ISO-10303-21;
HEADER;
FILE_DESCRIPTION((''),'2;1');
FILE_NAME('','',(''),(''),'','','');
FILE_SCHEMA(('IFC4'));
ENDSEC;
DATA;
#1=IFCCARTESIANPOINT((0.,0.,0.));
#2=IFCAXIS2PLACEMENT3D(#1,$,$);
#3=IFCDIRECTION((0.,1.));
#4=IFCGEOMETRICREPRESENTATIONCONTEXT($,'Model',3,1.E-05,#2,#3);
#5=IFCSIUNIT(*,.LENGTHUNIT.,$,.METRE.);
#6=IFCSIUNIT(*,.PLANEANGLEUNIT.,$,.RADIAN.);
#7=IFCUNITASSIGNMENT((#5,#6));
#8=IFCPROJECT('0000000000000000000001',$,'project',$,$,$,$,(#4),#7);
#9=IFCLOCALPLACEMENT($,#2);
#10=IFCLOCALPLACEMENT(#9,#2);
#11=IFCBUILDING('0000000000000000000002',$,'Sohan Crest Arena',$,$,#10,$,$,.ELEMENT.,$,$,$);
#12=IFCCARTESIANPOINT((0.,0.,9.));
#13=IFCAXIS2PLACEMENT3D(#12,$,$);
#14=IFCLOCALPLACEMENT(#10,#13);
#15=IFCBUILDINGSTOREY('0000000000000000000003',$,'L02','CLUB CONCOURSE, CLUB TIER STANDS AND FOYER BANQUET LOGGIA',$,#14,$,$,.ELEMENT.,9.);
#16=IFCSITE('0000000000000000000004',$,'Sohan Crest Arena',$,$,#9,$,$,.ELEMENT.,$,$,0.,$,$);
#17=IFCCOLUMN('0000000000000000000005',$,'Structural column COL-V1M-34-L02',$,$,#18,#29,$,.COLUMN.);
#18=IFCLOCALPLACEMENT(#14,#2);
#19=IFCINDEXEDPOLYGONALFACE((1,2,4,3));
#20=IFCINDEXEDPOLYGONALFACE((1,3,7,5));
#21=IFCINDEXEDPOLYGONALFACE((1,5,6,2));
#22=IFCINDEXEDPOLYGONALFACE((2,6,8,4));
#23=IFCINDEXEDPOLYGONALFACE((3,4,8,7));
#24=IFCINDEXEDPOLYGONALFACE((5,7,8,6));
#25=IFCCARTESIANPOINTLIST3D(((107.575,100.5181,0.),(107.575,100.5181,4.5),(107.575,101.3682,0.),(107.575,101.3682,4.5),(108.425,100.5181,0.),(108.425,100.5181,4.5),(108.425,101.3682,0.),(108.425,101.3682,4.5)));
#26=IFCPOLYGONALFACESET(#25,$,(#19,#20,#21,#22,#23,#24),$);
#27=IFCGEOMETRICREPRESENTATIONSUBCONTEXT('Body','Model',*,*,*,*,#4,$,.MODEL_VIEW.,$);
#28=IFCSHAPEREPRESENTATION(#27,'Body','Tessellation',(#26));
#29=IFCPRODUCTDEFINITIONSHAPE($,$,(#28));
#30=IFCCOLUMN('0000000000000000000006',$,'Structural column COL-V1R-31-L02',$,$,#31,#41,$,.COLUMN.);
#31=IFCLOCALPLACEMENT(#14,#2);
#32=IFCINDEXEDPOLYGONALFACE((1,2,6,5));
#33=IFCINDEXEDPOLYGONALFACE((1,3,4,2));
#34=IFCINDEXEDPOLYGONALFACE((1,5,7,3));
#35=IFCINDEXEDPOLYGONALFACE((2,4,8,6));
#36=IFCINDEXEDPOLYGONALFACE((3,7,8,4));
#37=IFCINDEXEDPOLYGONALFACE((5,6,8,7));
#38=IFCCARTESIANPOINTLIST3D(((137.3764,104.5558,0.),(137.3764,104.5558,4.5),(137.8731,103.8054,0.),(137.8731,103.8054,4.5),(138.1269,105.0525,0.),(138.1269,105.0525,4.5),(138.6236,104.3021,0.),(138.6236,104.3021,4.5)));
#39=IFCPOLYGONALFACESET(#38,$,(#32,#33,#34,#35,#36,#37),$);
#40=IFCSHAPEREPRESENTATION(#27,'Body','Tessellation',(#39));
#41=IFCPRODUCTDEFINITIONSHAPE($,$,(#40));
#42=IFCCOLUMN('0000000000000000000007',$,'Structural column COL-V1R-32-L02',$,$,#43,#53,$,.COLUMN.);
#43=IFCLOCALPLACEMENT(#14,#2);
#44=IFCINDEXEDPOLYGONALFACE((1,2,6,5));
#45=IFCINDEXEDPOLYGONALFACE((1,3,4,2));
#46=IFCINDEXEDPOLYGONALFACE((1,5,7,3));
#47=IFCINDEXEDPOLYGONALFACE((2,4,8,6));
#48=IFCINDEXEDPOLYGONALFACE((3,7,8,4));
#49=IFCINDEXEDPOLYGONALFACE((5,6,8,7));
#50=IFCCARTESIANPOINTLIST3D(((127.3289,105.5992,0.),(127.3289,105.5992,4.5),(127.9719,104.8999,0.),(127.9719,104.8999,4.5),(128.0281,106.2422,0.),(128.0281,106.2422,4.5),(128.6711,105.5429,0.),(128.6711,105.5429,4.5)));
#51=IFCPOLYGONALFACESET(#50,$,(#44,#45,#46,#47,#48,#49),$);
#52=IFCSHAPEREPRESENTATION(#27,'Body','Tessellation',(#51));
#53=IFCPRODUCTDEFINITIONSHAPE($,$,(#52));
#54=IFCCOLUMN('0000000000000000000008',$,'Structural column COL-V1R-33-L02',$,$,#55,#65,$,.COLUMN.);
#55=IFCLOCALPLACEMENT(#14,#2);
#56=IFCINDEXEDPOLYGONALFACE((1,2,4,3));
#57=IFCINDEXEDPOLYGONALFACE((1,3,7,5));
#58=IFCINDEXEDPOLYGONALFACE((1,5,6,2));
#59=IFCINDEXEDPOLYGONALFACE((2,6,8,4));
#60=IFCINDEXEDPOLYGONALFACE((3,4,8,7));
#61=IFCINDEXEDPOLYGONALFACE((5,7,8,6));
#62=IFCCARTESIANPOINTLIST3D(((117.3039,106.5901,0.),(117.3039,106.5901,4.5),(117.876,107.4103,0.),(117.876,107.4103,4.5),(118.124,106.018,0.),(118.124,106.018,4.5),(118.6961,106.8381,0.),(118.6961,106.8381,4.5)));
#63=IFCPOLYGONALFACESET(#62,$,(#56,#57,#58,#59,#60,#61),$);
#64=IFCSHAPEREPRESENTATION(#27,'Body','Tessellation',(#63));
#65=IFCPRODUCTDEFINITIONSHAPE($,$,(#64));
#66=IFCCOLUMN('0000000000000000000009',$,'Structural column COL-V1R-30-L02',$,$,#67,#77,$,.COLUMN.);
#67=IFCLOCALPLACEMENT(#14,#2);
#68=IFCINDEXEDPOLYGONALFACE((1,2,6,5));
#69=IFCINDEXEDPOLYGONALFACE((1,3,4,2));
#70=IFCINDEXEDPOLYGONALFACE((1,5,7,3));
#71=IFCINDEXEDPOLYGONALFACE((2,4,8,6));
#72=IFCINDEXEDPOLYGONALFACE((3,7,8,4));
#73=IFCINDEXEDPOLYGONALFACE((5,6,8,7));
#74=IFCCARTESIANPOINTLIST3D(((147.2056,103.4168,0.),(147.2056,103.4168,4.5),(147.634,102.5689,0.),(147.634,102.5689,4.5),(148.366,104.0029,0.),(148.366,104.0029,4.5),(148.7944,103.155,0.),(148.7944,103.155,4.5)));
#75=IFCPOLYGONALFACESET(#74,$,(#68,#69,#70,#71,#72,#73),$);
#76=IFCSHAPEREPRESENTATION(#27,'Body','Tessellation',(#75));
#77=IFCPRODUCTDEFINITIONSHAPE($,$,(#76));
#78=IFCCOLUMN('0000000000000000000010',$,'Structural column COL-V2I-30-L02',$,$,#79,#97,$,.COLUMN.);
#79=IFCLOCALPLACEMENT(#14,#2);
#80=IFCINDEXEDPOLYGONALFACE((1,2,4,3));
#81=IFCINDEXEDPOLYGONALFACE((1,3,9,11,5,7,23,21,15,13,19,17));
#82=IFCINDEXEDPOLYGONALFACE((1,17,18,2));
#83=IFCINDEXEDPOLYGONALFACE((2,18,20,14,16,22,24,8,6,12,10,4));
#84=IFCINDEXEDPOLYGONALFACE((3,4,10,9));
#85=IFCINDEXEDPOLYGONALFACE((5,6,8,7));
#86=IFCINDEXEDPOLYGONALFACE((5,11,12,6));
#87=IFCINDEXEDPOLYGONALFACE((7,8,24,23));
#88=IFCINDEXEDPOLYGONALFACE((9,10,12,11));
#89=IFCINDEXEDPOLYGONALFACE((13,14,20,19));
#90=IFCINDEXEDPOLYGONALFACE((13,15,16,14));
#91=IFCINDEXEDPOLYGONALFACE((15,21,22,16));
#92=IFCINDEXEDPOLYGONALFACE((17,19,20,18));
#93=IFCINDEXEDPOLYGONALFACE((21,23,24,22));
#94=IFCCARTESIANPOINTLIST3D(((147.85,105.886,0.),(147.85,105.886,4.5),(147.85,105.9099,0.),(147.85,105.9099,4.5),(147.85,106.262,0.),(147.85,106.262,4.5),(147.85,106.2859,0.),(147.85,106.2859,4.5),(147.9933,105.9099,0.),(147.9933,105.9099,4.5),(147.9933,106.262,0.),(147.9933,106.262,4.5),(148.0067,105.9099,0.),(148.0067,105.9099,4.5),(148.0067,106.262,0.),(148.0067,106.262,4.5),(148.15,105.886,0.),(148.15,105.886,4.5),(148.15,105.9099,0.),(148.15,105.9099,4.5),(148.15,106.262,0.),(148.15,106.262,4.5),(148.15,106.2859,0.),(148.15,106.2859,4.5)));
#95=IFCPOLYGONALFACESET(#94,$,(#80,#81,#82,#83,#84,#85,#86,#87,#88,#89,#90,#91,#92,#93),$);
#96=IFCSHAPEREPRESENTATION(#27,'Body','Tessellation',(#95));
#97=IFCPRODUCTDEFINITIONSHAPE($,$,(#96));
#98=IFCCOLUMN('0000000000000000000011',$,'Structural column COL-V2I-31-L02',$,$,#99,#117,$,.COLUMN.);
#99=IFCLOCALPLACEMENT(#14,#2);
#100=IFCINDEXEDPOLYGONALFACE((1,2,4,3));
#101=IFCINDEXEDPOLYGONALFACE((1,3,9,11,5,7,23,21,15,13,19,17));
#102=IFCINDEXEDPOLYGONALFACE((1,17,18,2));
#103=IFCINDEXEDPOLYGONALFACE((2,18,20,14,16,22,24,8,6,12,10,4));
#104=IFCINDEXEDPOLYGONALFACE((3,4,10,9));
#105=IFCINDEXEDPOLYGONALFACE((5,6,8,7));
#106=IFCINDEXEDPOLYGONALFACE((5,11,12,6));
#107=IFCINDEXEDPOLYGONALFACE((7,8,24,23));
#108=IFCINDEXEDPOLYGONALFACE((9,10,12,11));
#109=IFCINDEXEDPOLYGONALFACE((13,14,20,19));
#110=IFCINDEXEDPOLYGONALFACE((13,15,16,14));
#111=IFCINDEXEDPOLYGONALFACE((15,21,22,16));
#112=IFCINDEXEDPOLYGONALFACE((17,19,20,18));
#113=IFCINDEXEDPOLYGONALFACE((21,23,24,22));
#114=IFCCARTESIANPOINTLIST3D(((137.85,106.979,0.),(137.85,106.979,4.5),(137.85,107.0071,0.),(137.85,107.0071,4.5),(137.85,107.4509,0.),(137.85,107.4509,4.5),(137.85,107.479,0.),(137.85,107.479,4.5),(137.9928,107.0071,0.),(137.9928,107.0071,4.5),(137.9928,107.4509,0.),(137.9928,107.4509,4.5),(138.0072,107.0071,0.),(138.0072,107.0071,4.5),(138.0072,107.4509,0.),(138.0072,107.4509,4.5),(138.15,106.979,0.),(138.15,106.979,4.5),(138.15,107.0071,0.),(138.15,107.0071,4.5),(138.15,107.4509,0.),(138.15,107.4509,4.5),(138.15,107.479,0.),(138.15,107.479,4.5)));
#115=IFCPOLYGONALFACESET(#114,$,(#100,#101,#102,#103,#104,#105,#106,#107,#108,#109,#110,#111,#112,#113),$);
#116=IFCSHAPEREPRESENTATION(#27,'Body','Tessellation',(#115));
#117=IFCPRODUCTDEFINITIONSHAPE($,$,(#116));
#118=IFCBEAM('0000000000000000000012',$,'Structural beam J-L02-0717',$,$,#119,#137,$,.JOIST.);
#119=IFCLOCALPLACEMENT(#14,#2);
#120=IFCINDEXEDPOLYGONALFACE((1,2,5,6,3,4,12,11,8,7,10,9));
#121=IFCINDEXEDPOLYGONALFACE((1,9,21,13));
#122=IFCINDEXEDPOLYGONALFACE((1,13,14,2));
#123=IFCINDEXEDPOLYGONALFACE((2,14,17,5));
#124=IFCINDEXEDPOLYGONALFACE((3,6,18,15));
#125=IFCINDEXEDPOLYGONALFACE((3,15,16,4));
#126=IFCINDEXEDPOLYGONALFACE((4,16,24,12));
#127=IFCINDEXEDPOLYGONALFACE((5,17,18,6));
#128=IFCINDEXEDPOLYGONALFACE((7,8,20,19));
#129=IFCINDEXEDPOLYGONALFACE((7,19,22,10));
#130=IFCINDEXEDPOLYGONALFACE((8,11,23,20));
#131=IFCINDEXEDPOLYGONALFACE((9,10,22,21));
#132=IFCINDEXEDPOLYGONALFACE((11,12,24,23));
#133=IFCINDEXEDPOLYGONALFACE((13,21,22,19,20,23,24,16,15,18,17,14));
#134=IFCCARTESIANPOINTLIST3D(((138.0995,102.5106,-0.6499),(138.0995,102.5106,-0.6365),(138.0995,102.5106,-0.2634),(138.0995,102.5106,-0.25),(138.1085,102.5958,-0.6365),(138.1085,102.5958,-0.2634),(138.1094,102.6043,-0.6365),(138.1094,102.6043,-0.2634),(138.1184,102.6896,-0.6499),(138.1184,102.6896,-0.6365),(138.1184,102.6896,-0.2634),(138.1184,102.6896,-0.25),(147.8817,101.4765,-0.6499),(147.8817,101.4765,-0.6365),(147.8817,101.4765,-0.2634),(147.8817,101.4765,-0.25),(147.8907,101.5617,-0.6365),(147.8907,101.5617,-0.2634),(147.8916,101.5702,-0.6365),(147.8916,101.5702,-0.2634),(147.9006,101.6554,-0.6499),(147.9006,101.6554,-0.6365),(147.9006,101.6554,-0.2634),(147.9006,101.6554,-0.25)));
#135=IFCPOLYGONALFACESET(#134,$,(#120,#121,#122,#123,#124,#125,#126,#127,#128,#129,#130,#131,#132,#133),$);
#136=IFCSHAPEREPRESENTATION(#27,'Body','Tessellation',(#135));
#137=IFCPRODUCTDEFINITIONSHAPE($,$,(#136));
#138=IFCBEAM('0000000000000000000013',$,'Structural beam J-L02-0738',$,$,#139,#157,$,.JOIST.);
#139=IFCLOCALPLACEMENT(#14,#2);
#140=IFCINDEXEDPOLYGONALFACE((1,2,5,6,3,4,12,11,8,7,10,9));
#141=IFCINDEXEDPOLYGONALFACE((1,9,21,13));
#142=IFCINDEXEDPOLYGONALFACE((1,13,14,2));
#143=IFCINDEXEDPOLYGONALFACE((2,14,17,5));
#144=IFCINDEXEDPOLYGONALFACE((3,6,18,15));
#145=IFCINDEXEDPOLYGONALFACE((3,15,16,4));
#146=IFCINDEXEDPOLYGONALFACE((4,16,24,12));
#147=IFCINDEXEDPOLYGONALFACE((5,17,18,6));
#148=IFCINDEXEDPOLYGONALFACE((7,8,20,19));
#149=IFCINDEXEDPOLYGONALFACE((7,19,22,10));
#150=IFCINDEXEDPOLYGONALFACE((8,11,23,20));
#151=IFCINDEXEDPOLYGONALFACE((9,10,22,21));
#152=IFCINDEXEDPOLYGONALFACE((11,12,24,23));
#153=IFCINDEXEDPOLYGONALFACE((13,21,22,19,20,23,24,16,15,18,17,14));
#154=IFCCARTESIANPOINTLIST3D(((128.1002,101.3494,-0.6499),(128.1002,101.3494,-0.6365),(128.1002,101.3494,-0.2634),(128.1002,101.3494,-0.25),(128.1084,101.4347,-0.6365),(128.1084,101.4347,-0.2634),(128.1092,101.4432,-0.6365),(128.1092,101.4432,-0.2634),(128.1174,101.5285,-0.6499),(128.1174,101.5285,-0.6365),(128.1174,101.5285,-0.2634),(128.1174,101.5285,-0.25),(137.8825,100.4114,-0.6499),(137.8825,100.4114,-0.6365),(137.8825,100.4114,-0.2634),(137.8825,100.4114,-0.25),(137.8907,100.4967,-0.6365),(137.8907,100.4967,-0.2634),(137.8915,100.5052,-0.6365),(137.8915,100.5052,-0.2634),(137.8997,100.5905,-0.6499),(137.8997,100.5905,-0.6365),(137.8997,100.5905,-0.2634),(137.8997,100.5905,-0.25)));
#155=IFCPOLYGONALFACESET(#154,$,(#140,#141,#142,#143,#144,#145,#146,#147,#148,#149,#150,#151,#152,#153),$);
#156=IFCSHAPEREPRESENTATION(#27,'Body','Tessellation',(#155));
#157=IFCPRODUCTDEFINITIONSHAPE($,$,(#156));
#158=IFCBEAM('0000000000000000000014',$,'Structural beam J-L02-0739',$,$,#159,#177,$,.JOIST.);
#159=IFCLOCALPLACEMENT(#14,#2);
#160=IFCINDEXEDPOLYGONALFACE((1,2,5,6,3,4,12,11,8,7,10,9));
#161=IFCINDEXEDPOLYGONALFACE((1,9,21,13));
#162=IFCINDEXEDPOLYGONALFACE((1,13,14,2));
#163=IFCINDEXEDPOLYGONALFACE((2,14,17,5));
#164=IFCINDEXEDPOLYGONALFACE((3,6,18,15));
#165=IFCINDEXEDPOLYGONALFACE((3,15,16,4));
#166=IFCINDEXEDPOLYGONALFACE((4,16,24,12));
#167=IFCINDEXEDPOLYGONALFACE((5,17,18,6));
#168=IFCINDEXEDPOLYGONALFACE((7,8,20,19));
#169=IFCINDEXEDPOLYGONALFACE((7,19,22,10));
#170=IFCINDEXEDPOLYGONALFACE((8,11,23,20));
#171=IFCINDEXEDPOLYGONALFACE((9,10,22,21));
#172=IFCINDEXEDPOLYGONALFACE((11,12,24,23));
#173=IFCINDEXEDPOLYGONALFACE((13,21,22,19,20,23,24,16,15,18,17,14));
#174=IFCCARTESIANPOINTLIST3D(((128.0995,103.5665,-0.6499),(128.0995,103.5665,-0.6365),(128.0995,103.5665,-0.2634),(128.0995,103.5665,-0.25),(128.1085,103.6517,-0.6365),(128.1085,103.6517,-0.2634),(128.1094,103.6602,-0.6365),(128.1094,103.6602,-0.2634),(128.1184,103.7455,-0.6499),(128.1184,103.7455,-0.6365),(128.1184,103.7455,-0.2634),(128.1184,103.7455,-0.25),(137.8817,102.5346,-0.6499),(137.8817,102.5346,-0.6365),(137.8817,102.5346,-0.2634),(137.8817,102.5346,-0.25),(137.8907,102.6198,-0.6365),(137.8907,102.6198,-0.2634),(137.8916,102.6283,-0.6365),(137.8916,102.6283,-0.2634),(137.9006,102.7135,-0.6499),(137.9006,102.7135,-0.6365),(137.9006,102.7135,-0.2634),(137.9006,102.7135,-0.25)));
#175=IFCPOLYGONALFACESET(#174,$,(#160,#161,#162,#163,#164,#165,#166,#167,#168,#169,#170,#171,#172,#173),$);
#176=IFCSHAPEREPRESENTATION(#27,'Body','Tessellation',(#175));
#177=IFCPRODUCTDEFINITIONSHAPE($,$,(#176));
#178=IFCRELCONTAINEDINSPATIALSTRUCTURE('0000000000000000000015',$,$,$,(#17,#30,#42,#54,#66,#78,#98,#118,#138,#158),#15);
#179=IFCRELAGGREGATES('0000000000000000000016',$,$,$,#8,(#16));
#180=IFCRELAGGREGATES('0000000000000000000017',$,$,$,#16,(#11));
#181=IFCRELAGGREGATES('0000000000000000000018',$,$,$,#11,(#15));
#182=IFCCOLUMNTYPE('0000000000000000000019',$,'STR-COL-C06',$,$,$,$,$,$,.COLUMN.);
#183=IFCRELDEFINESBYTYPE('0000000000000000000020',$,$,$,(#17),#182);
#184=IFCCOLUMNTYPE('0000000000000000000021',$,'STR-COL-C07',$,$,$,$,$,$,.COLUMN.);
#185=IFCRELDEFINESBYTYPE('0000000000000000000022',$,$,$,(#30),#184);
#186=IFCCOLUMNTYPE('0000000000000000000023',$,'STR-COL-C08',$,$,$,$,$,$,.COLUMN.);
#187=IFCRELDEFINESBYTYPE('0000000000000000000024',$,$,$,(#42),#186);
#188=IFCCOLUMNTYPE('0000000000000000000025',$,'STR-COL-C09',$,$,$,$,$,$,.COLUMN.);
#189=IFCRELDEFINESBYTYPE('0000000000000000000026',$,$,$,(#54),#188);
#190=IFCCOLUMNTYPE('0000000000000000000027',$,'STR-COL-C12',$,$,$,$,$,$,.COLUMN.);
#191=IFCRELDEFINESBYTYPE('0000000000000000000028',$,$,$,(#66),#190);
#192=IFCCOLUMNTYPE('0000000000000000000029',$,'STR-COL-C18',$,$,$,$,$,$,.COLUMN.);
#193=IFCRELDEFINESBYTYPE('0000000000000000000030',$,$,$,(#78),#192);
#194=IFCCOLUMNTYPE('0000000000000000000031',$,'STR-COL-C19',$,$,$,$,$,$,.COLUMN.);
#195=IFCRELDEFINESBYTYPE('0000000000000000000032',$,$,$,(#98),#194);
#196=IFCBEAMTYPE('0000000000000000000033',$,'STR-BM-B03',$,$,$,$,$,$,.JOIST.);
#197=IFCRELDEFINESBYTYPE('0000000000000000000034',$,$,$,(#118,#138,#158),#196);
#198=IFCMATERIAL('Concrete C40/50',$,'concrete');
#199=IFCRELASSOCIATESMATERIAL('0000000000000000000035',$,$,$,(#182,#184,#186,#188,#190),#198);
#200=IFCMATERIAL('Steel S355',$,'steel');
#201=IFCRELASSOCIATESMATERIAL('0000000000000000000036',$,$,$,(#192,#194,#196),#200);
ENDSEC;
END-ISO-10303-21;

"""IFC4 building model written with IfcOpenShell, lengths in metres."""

from ifc_helpers import new_model, si_unit, direction, frame, origin, origin_2d, place, context, subcontext, project, spatial, rectangle, i_section, extrude, material, material_profile, profile_set, type_object, element, save


model = new_model("IFC4")

# Units and contexts
model_context = context("Model", 3, precision=1e-05, world=origin(), true_north=direction((0.0, 1.0)))
body_context = subcontext(model_context, "Body", "Model", "MODEL_VIEW")
ifc_project = project(units=[si_unit("LENGTHUNIT", "METRE"), si_unit("PLANEANGLEUNIT", "RADIAN")], contexts=[model_context])

# Site, building, storey
site_placement = place(None, origin())
site = spatial("IfcSite", under=ifc_project, at=site_placement, Name="Sohan Crest Arena", CompositionType="ELEMENT", RefElevation=0.0)
building_placement = place(site_placement, origin())
building = spatial("IfcBuilding", under=site, at=building_placement, Name="Sohan Crest Arena", CompositionType="ELEMENT")
storey_placement = place(building_placement, frame((0.0, 0.0, 9.0)))
storey = spatial("IfcBuildingStorey", under=building, at=storey_placement, Name="L02", Description="CLUB CONCOURSE, CLUB TIER STANDS AND FOYER BANQUET LOGGIA", CompositionType="ELEMENT", Elevation=9.0)

# Columns
ifc_material_1 = material(Name="Concrete C40/50", Category="concrete")
ifc_material_profile_1 = material_profile(ifc_material_1, rectangle(XDim=0.8501, YDim=0.8501, at=origin_2d()), Name="RC 850x850")
ifc_profile_set_1 = profile_set([ifc_material_profile_1], Name="Concrete C40/50")
column_type_1 = type_object("IfcColumnType", Name="STR-COL-C06", PredefinedType="COLUMN", material=ifc_profile_set_1)
column_1_placement = place(storey_placement, frame((108.0, 100.9431, 0.0), z_axis=(0.0, 0.0, 1.0), x_axis=(1.0, 0.0, 0.0)))
element("IfcColumn", 1, at=column_1_placement, inside=storey, type_object=column_type_1, Name="Structural column COL-V1M-34-L02", PredefinedType="COLUMN", context=body_context, shape_type="SweptSolid", body=[
    extrude(rectangle(XDim=0.8501, YDim=0.8501, at=origin_2d()), origin(), (0.0, 0.0, 1.0), 4.5),
])
ifc_material_profile_2 = material_profile(ifc_material_1, rectangle(XDim=0.8999, YDim=0.8999, at=origin_2d()), Name="RC 900x900")
ifc_profile_set_2 = profile_set([ifc_material_profile_2], Name="Concrete C40/50")
column_type_2 = type_object("IfcColumnType", Name="STR-COL-C07", PredefinedType="COLUMN", material=ifc_profile_set_2)
column_2_placement = place(storey_placement, frame((138.0, 104.429, 0.0), z_axis=(0.0, 0.0, 1.0), x_axis=(0.833886, 0.551937, 0.0)))
element("IfcColumn", 2, at=column_2_placement, inside=storey, type_object=column_type_2, Name="Structural column COL-V1R-31-L02", PredefinedType="COLUMN", context=body_context, shape_type="SweptSolid", body=[
    extrude(rectangle(XDim=0.8999, YDim=0.8999, at=origin_2d()), origin(), (0.0, 0.0, 1.0), 4.5),
])
ifc_material_profile_3 = material_profile(ifc_material_1, rectangle(XDim=0.95, YDim=0.95, at=origin_2d()), Name="RC 950x950")
ifc_profile_set_3 = profile_set([ifc_material_profile_3], Name="Concrete C40/50")
column_type_3 = type_object("IfcColumnType", Name="STR-COL-C08", PredefinedType="COLUMN", material=ifc_profile_set_3)
column_3_placement = place(storey_placement, frame((128.0, 105.571, 0.0), z_axis=(0.0, 0.0, 1.0), x_axis=(0.736097, 0.676876, 0.0)))
element("IfcColumn", 3, at=column_3_placement, inside=storey, type_object=column_type_3, Name="Structural column COL-V1R-32-L02", PredefinedType="COLUMN", context=body_context, shape_type="SweptSolid", body=[
    extrude(rectangle(XDim=0.95, YDim=0.95, at=origin_2d()), origin(), (0.0, 0.0, 1.0), 4.5),
])
ifc_material_profile_4 = material_profile(ifc_material_1, rectangle(XDim=1.0, YDim=1.0, at=origin_2d()), Name="RC 1000x1000")
ifc_profile_set_4 = profile_set([ifc_material_profile_4], Name="Concrete C40/50")
column_type_4 = type_object("IfcColumnType", Name="STR-COL-C09", PredefinedType="COLUMN", material=ifc_profile_set_4)
column_4_placement = place(storey_placement, frame((118.0, 106.7141, 0.0), z_axis=(0.0, 0.0, 1.0), x_axis=(0.572146, 0.820152, 0.0)))
element("IfcColumn", 4, at=column_4_placement, inside=storey, type_object=column_type_4, Name="Structural column COL-V1R-33-L02", PredefinedType="COLUMN", context=body_context, shape_type="SweptSolid", body=[
    extrude(rectangle(XDim=1.0, YDim=1.0, at=origin_2d()), origin(), (0.0, 0.0, 1.0), 4.5),
])
ifc_material_profile_5 = material_profile(ifc_material_1, rectangle(XDim=1.3, YDim=0.95, at=origin_2d()), Name="RC 1300x950")
ifc_profile_set_5 = profile_set([ifc_material_profile_5], Name="Concrete C40/50")
column_type_5 = type_object("IfcColumnType", Name="STR-COL-C12", PredefinedType="COLUMN", material=ifc_profile_set_5)
column_5_placement = place(storey_placement, frame((148.0, 103.2859, 0.0), z_axis=(0.0, 0.0, 1.0), x_axis=(0.892586, 0.450878, 0.0)))
element("IfcColumn", 5, at=column_5_placement, inside=storey, type_object=column_type_5, Name="Structural column COL-V1R-30-L02", PredefinedType="COLUMN", context=body_context, shape_type="SweptSolid", body=[
    extrude(rectangle(XDim=1.3, YDim=0.95, at=origin_2d()), origin(), (0.0, 0.0, 1.0), 4.5),
])
ifc_material_2 = material(Name="Steel S355", Category="steel")
ifc_material_profile_6 = material_profile(ifc_material_2, i_section(OverallWidth=0.3, OverallDepth=0.3999, WebThickness=0.0134, FlangeThickness=0.0239, at=origin_2d()), Name="HEB 400")
ifc_profile_set_6 = profile_set([ifc_material_profile_6], Name="Steel S355")
column_type_6 = type_object("IfcColumnType", Name="STR-COL-C18", PredefinedType="COLUMN", material=ifc_profile_set_6)
column_6_placement = place(storey_placement, frame((148.0, 106.0859, 0.0), z_axis=(0.0, 0.0, 1.0), x_axis=(1.0, 0.0, 0.0)))
element("IfcColumn", 6, at=column_6_placement, inside=storey, type_object=column_type_6, Name="Structural column COL-V2I-30-L02", PredefinedType="COLUMN", context=body_context, shape_type="SweptSolid", body=[
    extrude(i_section(OverallWidth=0.3, OverallDepth=0.3999, WebThickness=0.0134, FlangeThickness=0.0239, at=origin_2d()), origin(), (0.0, 0.0, 1.0), 4.5),
])
ifc_material_profile_7 = material_profile(ifc_material_2, i_section(OverallWidth=0.3, OverallDepth=0.5, WebThickness=0.0144, FlangeThickness=0.0281, at=origin_2d()), Name="HEB 500")
ifc_profile_set_7 = profile_set([ifc_material_profile_7], Name="Steel S355")
column_type_7 = type_object("IfcColumnType", Name="STR-COL-C19", PredefinedType="COLUMN", material=ifc_profile_set_7)
column_7_placement = place(storey_placement, frame((138.0, 107.229, 0.0), z_axis=(0.0, 0.0, 1.0), x_axis=(1.0, 0.0, 0.0)))
element("IfcColumn", 7, at=column_7_placement, inside=storey, type_object=column_type_7, Name="Structural column COL-V2I-31-L02", PredefinedType="COLUMN", context=body_context, shape_type="SweptSolid", body=[
    extrude(i_section(OverallWidth=0.3, OverallDepth=0.5, WebThickness=0.0144, FlangeThickness=0.0281, at=origin_2d()), origin(), (0.0, 0.0, 1.0), 4.5),
])

# Beams
ifc_material_profile_8 = material_profile(ifc_material_2, i_section(OverallWidth=0.1799, OverallDepth=0.3999, WebThickness=0.0085, FlangeThickness=0.0134, at=origin_2d()), Name="IPE 400")
ifc_profile_set_8 = profile_set([ifc_material_profile_8], Name="Steel S355")
beam_type_1 = type_object("IfcBeamType", Name="STR-BM-B03", PredefinedType="JOIST", material=ifc_profile_set_8)
beam_1_placement = place(storey_placement, frame((147.8911, 101.5659, -0.45), z_axis=(-0.994458, 0.105134, 0.0), x_axis=(-0.105134, -0.994458, 0.0)))
element("IfcBeam", 8, at=beam_1_placement, inside=storey, type_object=beam_type_1, Name="Structural beam J-L02-0717", PredefinedType="JOIST", context=body_context, shape_type="SweptSolid", body=[
    extrude(i_section(OverallWidth=0.1799, OverallDepth=0.3999, WebThickness=0.0085, FlangeThickness=0.0134, at=origin_2d()), origin(), (0.0, 0.0, 1.0), 9.8367),
])
beam_2_placement = place(storey_placement, frame((137.8911, 100.501, -0.45), z_axis=(-0.995434, 0.095449, 0.0), x_axis=(-0.095449, -0.995434, 0.0)))
element("IfcBeam", 9, at=beam_2_placement, inside=storey, type_object=beam_type_1, Name="Structural beam J-L02-0738", PredefinedType="JOIST", context=body_context, shape_type="SweptSolid", body=[
    extrude(i_section(OverallWidth=0.1799, OverallDepth=0.3999, WebThickness=0.0085, FlangeThickness=0.0134, at=origin_2d()), origin(), (0.0, 0.0, 1.0), 9.8271),
])
beam_3_placement = place(storey_placement, frame((137.8911, 102.624, -0.45), z_axis=(-0.994481, 0.104913, 0.0), x_axis=(-0.104913, -0.994481, 0.0)))
element("IfcBeam", 10, at=beam_3_placement, inside=storey, type_object=beam_type_1, Name="Structural beam J-L02-0739", PredefinedType="JOIST", context=body_context, shape_type="SweptSolid", body=[
    extrude(i_section(OverallWidth=0.1799, OverallDepth=0.3999, WebThickness=0.0085, FlangeThickness=0.0134, at=origin_2d()), origin(), (0.0, 0.0, 1.0), 9.8364),
])

save(model, "model.ifc")
